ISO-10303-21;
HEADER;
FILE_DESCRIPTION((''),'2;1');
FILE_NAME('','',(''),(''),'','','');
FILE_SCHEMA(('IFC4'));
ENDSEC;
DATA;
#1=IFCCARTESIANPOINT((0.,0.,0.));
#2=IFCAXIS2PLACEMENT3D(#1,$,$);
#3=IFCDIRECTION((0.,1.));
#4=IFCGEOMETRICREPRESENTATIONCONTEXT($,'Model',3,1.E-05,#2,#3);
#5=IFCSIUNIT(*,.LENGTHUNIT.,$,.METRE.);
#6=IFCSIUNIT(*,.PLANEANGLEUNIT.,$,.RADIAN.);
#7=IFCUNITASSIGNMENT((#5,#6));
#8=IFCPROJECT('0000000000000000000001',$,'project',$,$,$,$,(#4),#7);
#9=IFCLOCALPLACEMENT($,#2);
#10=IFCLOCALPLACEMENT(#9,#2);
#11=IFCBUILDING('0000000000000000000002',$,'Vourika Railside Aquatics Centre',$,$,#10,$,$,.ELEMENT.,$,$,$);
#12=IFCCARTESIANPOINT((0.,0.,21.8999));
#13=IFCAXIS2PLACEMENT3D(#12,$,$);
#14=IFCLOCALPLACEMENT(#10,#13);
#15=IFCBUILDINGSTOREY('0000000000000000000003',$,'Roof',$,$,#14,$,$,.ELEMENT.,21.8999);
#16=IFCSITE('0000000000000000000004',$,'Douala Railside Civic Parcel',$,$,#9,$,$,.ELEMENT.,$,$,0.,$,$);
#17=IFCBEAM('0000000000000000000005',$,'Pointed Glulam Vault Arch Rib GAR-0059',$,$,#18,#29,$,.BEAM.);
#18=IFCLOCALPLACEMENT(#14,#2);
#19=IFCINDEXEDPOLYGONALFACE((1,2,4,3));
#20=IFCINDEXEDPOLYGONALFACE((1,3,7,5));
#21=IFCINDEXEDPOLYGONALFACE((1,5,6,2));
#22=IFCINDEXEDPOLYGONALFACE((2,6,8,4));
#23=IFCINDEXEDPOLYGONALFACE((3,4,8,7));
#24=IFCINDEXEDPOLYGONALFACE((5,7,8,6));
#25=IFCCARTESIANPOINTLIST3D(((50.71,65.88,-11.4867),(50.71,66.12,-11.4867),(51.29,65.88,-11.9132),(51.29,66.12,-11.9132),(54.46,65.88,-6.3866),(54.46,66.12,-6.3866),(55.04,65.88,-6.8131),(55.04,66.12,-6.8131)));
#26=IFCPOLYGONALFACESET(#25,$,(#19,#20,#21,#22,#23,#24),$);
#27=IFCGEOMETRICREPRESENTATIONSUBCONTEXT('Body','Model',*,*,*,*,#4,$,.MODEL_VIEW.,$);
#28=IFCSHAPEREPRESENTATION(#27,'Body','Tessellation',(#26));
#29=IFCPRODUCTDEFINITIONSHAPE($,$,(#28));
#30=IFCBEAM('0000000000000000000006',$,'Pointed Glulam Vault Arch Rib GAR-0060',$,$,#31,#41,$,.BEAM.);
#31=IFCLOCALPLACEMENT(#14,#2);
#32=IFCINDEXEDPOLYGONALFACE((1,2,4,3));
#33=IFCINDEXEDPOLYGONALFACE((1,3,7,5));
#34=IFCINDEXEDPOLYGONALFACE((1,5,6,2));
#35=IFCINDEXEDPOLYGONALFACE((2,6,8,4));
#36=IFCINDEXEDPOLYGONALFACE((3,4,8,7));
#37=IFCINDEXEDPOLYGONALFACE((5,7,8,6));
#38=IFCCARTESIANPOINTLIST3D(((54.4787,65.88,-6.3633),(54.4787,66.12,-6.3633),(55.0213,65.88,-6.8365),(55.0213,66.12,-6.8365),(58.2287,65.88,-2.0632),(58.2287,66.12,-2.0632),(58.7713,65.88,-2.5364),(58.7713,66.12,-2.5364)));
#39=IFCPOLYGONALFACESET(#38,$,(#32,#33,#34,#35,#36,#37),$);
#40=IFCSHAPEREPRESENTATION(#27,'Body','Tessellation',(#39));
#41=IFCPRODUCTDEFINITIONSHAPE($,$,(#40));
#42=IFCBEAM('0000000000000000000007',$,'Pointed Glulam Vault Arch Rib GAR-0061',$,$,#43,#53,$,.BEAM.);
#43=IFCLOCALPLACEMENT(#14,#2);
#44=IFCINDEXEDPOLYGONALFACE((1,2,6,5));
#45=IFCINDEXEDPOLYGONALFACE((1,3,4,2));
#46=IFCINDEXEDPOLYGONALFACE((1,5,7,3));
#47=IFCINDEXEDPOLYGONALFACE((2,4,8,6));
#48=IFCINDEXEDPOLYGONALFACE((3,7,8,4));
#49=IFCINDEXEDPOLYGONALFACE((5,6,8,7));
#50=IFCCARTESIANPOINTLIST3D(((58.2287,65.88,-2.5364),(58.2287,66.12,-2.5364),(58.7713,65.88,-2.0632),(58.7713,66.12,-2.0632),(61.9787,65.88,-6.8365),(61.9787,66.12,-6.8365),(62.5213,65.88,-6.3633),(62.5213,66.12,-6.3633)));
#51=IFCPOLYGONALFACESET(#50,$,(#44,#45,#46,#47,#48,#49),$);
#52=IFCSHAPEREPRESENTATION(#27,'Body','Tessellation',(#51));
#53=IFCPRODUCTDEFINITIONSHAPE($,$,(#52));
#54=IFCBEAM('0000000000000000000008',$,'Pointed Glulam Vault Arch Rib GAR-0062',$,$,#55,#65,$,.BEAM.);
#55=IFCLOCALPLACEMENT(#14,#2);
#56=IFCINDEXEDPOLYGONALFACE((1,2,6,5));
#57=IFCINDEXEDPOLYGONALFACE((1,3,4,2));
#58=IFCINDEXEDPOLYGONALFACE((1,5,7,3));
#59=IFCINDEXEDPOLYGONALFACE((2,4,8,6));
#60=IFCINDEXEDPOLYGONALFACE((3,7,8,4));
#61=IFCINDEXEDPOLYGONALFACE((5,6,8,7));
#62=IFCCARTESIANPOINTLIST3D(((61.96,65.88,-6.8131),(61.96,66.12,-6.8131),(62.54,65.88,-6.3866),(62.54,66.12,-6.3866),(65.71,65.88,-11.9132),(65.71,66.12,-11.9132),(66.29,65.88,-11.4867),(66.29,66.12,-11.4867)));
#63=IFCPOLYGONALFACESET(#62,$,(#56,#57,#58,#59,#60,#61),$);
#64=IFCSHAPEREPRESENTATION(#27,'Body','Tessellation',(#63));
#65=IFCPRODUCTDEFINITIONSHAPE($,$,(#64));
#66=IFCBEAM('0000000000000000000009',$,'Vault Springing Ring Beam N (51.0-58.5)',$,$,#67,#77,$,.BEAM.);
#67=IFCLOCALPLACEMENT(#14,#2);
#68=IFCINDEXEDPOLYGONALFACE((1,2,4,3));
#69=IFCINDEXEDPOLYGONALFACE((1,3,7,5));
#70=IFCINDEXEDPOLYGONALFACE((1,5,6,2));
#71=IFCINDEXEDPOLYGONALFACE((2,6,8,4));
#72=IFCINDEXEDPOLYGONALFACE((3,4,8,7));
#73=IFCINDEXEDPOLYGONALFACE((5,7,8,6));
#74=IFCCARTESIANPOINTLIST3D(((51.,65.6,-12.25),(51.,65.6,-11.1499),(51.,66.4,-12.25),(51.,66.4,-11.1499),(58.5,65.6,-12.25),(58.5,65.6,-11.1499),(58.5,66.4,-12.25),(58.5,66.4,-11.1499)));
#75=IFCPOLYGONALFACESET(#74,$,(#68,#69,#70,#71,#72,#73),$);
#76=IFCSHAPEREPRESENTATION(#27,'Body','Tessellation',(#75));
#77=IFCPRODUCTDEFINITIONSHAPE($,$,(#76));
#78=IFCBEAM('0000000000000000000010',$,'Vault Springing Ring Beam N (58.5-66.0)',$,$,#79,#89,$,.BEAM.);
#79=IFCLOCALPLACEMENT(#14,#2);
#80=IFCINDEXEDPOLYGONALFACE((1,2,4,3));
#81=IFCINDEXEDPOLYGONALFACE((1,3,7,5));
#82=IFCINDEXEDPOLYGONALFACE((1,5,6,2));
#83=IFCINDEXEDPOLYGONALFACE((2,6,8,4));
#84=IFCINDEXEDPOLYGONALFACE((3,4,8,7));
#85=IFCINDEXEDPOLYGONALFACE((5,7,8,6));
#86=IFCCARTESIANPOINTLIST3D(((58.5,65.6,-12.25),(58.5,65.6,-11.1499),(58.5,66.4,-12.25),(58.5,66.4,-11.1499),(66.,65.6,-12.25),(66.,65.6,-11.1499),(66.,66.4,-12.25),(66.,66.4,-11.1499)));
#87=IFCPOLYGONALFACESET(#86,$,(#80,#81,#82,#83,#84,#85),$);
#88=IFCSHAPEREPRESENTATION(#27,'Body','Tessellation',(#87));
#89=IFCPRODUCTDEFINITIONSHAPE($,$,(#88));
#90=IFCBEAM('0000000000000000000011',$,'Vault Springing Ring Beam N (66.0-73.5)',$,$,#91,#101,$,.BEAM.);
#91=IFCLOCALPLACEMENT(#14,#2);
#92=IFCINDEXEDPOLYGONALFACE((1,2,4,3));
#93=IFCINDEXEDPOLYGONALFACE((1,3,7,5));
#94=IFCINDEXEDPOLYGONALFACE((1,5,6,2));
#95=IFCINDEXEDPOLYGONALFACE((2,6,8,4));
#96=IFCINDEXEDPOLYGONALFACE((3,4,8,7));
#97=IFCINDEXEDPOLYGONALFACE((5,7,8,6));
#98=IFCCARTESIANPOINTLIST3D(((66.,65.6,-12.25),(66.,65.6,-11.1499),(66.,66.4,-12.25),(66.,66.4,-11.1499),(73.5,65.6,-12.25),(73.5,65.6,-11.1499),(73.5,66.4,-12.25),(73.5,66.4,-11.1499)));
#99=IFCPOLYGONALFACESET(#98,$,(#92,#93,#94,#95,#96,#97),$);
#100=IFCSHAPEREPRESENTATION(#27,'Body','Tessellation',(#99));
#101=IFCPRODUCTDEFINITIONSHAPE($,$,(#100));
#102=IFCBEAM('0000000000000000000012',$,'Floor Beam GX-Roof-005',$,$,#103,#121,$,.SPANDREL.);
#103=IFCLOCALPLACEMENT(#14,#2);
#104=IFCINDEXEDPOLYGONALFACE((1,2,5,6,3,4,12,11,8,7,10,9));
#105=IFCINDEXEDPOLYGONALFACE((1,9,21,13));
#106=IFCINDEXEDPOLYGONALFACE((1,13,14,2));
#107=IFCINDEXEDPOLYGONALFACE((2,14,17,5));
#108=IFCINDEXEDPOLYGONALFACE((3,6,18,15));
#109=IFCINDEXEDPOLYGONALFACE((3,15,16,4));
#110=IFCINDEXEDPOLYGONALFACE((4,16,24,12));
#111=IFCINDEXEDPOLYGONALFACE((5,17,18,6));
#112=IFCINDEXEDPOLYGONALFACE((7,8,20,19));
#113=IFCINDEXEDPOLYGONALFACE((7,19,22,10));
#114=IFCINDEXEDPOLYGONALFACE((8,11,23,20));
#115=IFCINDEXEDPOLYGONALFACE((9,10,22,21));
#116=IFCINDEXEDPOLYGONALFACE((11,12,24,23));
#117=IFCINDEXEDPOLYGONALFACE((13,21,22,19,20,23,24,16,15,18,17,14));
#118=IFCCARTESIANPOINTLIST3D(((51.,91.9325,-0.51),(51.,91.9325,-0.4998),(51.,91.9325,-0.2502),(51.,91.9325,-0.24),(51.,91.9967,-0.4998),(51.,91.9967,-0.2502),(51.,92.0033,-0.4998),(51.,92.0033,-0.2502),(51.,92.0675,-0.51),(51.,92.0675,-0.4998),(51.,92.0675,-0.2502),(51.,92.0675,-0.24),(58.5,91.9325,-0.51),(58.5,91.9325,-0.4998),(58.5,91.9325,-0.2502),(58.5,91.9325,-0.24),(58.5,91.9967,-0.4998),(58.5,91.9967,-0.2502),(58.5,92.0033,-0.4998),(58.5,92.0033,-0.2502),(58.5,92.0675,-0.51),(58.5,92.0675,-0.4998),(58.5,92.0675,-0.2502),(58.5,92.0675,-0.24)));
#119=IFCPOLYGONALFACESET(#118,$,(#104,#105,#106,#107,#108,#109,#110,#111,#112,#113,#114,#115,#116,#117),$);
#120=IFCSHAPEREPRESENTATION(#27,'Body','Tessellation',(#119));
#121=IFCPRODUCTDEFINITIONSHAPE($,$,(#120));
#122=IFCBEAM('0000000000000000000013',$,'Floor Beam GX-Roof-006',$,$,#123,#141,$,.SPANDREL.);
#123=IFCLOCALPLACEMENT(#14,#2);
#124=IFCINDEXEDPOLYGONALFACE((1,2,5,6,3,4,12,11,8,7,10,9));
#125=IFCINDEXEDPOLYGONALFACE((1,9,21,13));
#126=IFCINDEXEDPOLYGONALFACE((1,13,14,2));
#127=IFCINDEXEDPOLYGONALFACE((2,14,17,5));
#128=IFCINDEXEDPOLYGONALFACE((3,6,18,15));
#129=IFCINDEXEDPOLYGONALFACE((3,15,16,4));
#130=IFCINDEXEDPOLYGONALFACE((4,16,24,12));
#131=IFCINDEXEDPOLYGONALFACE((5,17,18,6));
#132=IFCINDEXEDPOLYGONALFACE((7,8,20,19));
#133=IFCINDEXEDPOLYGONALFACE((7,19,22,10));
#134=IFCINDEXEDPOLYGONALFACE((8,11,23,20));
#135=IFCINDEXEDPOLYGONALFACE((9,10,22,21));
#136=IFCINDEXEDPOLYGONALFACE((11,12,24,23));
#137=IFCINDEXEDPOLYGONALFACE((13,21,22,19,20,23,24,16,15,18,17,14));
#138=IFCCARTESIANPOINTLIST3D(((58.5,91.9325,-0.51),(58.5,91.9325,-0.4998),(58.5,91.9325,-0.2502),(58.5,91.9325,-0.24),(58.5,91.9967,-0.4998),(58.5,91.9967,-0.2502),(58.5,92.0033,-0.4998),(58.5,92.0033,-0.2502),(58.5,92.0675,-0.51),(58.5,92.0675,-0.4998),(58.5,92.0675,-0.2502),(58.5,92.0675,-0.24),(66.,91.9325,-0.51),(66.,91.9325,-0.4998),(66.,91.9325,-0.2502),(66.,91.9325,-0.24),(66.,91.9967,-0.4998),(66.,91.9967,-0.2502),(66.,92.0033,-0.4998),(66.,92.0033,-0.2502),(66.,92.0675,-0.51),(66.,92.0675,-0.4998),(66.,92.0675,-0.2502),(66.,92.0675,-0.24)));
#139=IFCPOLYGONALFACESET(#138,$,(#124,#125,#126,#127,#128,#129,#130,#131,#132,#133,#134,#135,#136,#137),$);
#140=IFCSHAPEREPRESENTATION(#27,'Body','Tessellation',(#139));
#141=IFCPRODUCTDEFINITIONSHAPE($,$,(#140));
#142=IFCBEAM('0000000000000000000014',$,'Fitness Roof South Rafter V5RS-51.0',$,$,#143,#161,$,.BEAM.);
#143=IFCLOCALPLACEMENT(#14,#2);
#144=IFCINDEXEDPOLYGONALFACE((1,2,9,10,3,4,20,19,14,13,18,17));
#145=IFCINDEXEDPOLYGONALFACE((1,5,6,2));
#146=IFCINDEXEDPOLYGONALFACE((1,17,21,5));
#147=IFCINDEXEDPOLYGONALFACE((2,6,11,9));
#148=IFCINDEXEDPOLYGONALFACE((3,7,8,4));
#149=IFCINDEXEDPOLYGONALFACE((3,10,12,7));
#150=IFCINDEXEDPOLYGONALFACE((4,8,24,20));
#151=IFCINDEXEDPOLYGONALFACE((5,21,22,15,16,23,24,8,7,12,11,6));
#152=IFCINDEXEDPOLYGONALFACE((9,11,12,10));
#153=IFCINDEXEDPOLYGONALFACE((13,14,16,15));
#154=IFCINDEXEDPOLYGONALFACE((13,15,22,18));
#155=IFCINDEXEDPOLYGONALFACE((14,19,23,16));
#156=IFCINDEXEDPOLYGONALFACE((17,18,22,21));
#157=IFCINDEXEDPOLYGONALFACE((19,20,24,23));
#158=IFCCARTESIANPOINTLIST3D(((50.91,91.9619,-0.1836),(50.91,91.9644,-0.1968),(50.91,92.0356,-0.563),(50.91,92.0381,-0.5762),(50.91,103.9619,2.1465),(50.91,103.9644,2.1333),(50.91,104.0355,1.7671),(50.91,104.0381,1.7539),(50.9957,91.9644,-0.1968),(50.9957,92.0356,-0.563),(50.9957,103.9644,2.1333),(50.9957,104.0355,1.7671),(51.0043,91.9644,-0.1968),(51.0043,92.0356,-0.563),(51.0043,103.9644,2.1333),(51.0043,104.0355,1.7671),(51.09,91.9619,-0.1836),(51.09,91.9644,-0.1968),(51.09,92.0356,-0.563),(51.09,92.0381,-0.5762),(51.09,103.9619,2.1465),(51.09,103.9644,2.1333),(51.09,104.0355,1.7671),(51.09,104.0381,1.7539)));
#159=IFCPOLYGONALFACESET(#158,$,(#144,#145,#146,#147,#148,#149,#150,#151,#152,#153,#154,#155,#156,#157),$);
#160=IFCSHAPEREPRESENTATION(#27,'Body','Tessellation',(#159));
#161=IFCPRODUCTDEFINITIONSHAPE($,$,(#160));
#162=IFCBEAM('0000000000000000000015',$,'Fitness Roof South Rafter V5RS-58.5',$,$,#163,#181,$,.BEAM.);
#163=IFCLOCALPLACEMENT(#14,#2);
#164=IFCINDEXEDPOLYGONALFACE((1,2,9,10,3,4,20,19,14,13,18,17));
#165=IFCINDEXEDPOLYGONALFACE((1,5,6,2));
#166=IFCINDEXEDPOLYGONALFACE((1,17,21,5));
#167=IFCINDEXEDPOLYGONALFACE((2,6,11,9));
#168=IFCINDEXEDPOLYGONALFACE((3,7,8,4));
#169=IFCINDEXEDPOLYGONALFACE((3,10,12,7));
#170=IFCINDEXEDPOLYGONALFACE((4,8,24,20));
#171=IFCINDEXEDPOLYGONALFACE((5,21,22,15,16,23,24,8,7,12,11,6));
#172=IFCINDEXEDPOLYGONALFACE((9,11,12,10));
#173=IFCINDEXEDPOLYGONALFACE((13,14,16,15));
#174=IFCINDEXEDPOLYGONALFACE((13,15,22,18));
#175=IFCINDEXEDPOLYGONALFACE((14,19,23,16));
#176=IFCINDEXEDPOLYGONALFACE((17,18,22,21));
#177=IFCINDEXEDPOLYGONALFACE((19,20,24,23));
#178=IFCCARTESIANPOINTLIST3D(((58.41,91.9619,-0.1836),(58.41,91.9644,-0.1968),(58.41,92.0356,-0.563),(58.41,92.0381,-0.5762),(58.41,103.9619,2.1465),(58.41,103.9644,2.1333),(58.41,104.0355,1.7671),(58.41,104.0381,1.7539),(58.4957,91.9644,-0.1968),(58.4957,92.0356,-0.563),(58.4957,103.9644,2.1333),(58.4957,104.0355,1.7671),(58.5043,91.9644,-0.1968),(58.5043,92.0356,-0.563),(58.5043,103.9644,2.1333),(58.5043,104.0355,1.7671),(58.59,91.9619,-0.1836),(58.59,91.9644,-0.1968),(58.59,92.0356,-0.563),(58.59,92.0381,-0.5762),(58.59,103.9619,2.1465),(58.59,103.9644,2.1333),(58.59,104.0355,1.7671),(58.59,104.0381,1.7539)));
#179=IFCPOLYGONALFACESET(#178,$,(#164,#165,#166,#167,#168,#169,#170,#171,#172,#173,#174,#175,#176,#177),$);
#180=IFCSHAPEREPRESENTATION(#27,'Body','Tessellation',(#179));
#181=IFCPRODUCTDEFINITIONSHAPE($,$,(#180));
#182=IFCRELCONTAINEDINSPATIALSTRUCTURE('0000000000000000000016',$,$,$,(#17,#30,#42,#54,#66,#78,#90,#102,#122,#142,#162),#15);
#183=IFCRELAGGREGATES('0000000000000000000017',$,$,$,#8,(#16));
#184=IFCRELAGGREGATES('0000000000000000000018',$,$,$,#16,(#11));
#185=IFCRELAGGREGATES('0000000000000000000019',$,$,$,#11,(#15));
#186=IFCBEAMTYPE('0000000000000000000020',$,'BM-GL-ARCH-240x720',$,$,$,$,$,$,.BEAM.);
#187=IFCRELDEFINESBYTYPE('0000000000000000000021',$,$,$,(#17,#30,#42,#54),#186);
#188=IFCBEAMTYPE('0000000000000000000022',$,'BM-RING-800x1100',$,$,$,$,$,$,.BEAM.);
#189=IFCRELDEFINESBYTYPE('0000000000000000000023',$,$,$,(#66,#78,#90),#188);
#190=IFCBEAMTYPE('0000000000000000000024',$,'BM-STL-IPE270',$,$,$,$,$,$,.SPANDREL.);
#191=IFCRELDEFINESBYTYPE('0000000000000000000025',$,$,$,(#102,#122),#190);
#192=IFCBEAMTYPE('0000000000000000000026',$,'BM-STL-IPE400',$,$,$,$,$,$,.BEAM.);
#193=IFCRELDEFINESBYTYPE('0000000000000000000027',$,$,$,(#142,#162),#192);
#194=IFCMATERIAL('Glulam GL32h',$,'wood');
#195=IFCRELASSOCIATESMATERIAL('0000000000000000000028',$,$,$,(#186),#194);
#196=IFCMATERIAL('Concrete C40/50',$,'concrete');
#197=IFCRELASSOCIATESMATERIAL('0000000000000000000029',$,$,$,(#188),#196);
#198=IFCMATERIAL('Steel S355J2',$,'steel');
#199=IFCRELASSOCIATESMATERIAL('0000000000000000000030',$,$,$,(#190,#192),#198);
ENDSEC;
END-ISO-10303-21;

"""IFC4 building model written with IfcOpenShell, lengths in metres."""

from ifc_helpers import new_model, si_unit, direction, frame, origin, origin_2d, place, context, subcontext, project, spatial, rectangle, i_section, extrude, material, material_profile, profile_set, type_object, element, save


model = new_model("IFC4")

# Units and contexts
model_context = context("Model", 3, precision=1e-05, world=origin(), true_north=direction((0.0, 1.0)))
body_context = subcontext(model_context, "Body", "Model", "MODEL_VIEW")
ifc_project = project(units=[si_unit("LENGTHUNIT", "METRE"), si_unit("PLANEANGLEUNIT", "RADIAN")], contexts=[model_context])

# Site, building, storey
site_placement = place(None, origin())
site = spatial("IfcSite", under=ifc_project, at=site_placement, Name="Douala Railside Civic Parcel", CompositionType="ELEMENT", RefElevation=0.0)
building_placement = place(site_placement, origin())
building = spatial("IfcBuilding", under=site, at=building_placement, Name="Vourika Railside Aquatics Centre", CompositionType="ELEMENT")
storey_placement = place(building_placement, frame((0.0, 0.0, 21.8999)))
storey = spatial("IfcBuildingStorey", under=building, at=storey_placement, Name="Roof", CompositionType="ELEMENT", Elevation=21.8999)

# Beams
ifc_material_1 = material(Name="Glulam GL32h", Category="wood")
ifc_material_profile_1 = material_profile(ifc_material_1, rectangle(XDim=0.24, YDim=0.72, at=origin_2d()), Name="GL32h 240x720")
ifc_profile_set_1 = profile_set([ifc_material_profile_1], Name="Glulam GL32h")
beam_type_1 = type_object("IfcBeamType", Name="BM-GL-ARCH-240x720", PredefinedType="BEAM", material=ifc_profile_set_1)
beam_1_placement = place(storey_placement, frame((51.0, 66.0, -11.7), z_axis=(0.592383, 0.0, 0.805656), x_axis=(0.0, 1.0, 0.0)))
element("IfcBeam", 1, at=beam_1_placement, inside=storey, type_object=beam_type_1, Name="Pointed Glulam Vault Arch Rib GAR-0059", PredefinedType="BEAM", context=body_context, shape_type="SweptSolid", body=[
    extrude(rectangle(XDim=0.24, YDim=0.72, at=origin_2d()), origin(), (0.0, 0.0, 1.0), 6.3303),
])
for number, where, z_axis, x_axis, name in (
    (2, (54.75, 66.0, -6.5999), (0.657259, 0.0, 0.753665), (0.0, 1.0, 0.0), "Pointed Glulam Vault Arch Rib GAR-0060"),
    (3, (58.5, 66.0, -2.2998), (0.657259, 0.0, -0.753665), (0.0, 1.0, 0.0), "Pointed Glulam Vault Arch Rib GAR-0061"),
):
    element("IfcBeam", number, at=place(storey_placement, frame(where, z_axis=z_axis, x_axis=x_axis)), inside=storey, type_object=beam_type_1, Name=name, PredefinedType="BEAM", context=body_context, shape_type="SweptSolid", body=[
        extrude(rectangle(XDim=0.24, YDim=0.72, at=origin_2d()), origin(), (0.0, 0.0, 1.0), 5.7056),
    ])
beam_2_placement = place(storey_placement, frame((62.25, 66.0, -6.5999), z_axis=(0.592383, 0.0, -0.805656), x_axis=(0.0, 1.0, 0.0)))
element("IfcBeam", 4, at=beam_2_placement, inside=storey, type_object=beam_type_1, Name="Pointed Glulam Vault Arch Rib GAR-0062", PredefinedType="BEAM", context=body_context, shape_type="SweptSolid", body=[
    extrude(rectangle(XDim=0.24, YDim=0.72, at=origin_2d()), origin(), (0.0, 0.0, 1.0), 6.3303),
])
ifc_material_2 = material(Name="Concrete C40/50", Category="concrete")
ifc_material_profile_2 = material_profile(ifc_material_2, rectangle(XDim=0.8, YDim=1.1001, at=origin_2d()), Name="RC 800x1100")
ifc_profile_set_2 = profile_set([ifc_material_profile_2], Name="Concrete C40/50")
beam_type_2 = type_object("IfcBeamType", Name="BM-RING-800x1100", PredefinedType="BEAM", material=ifc_profile_set_2)
for number, where, z_axis, x_axis, name in (
    (5, (51.0, 66.0, -11.7), (1.0, 0.0, 0.0), (0.0, 1.0, 0.0), "Vault Springing Ring Beam N (51.0-58.5)"),
    (6, (58.5, 66.0, -11.7), (1.0, 0.0, 0.0), (0.0, 1.0, 0.0), "Vault Springing Ring Beam N (58.5-66.0)"),
    (7, (66.0, 66.0, -11.7), (1.0, 0.0, 0.0), (0.0, 1.0, 0.0), "Vault Springing Ring Beam N (66.0-73.5)"),
):
    element("IfcBeam", number, at=place(storey_placement, frame(where, z_axis=z_axis, x_axis=x_axis)), inside=storey, type_object=beam_type_2, Name=name, PredefinedType="BEAM", context=body_context, shape_type="SweptSolid", body=[
        extrude(rectangle(XDim=0.8, YDim=1.1001, at=origin_2d()), origin(), (0.0, 0.0, 1.0), 7.5),
    ])
ifc_material_3 = material(Name="Steel S355J2", Category="steel")
ifc_material_profile_3 = material_profile(ifc_material_3, i_section(OverallWidth=0.135, OverallDepth=0.27, WebThickness=0.0066, FlangeThickness=0.0103, at=origin_2d()), Name="IPE 270")
ifc_profile_set_3 = profile_set([ifc_material_profile_3], Name="Steel S355J2")
beam_type_3 = type_object("IfcBeamType", Name="BM-STL-IPE270", PredefinedType="SPANDREL", material=ifc_profile_set_3)
for number, where, z_axis, x_axis, name in (
    (8, (51.0, 92.0, -0.375), (1.0, 0.0, 0.0), (0.0, 1.0, 0.0), "Floor Beam GX-Roof-005"),
    (9, (58.5, 92.0, -0.375), (1.0, 0.0, 0.0), (0.0, 1.0, 0.0), "Floor Beam GX-Roof-006"),
):
    element("IfcBeam", number, at=place(storey_placement, frame(where, z_axis=z_axis, x_axis=x_axis)), inside=storey, type_object=beam_type_3, Name=name, PredefinedType="SPANDREL", context=body_context, shape_type="SweptSolid", body=[
        extrude(i_section(OverallWidth=0.135, OverallDepth=0.27, WebThickness=0.0066, FlangeThickness=0.0103, at=origin_2d()), origin(), (0.0, 0.0, 1.0), 7.5),
    ])
ifc_material_profile_4 = material_profile(ifc_material_3, i_section(OverallWidth=0.1799, OverallDepth=0.3999, WebThickness=0.0085, FlangeThickness=0.0134, at=origin_2d()), Name="IPE 400")
ifc_profile_set_4 = profile_set([ifc_material_profile_4], Name="Steel S355J2")
beam_type_4 = type_object("IfcBeamType", Name="BM-STL-IPE400", PredefinedType="BEAM", material=ifc_profile_set_4)
for number, where, z_axis, x_axis, name in (
    (10, (51.0, 92.0, -0.3799), (0.0, 0.981665, 0.190613), (-1.0, 0.0, 0.0), "Fitness Roof South Rafter V5RS-51.0"),
    (11, (58.5, 92.0, -0.3799), (0.0, 0.981665, 0.190613), (-1.0, 0.0, 0.0), "Fitness Roof South Rafter V5RS-58.5"),
):
    element("IfcBeam", number, at=place(storey_placement, frame(where, z_axis=z_axis, x_axis=x_axis)), inside=storey, type_object=beam_type_4, Name=name, PredefinedType="BEAM", context=body_context, shape_type="SweptSolid", body=[
        extrude(i_section(OverallWidth=0.1799, OverallDepth=0.3999, WebThickness=0.0085, FlangeThickness=0.0134, at=origin_2d()), origin(), (0.0, 0.0, 1.0), 12.2241),
    ])

save(model, "model.ifc")
